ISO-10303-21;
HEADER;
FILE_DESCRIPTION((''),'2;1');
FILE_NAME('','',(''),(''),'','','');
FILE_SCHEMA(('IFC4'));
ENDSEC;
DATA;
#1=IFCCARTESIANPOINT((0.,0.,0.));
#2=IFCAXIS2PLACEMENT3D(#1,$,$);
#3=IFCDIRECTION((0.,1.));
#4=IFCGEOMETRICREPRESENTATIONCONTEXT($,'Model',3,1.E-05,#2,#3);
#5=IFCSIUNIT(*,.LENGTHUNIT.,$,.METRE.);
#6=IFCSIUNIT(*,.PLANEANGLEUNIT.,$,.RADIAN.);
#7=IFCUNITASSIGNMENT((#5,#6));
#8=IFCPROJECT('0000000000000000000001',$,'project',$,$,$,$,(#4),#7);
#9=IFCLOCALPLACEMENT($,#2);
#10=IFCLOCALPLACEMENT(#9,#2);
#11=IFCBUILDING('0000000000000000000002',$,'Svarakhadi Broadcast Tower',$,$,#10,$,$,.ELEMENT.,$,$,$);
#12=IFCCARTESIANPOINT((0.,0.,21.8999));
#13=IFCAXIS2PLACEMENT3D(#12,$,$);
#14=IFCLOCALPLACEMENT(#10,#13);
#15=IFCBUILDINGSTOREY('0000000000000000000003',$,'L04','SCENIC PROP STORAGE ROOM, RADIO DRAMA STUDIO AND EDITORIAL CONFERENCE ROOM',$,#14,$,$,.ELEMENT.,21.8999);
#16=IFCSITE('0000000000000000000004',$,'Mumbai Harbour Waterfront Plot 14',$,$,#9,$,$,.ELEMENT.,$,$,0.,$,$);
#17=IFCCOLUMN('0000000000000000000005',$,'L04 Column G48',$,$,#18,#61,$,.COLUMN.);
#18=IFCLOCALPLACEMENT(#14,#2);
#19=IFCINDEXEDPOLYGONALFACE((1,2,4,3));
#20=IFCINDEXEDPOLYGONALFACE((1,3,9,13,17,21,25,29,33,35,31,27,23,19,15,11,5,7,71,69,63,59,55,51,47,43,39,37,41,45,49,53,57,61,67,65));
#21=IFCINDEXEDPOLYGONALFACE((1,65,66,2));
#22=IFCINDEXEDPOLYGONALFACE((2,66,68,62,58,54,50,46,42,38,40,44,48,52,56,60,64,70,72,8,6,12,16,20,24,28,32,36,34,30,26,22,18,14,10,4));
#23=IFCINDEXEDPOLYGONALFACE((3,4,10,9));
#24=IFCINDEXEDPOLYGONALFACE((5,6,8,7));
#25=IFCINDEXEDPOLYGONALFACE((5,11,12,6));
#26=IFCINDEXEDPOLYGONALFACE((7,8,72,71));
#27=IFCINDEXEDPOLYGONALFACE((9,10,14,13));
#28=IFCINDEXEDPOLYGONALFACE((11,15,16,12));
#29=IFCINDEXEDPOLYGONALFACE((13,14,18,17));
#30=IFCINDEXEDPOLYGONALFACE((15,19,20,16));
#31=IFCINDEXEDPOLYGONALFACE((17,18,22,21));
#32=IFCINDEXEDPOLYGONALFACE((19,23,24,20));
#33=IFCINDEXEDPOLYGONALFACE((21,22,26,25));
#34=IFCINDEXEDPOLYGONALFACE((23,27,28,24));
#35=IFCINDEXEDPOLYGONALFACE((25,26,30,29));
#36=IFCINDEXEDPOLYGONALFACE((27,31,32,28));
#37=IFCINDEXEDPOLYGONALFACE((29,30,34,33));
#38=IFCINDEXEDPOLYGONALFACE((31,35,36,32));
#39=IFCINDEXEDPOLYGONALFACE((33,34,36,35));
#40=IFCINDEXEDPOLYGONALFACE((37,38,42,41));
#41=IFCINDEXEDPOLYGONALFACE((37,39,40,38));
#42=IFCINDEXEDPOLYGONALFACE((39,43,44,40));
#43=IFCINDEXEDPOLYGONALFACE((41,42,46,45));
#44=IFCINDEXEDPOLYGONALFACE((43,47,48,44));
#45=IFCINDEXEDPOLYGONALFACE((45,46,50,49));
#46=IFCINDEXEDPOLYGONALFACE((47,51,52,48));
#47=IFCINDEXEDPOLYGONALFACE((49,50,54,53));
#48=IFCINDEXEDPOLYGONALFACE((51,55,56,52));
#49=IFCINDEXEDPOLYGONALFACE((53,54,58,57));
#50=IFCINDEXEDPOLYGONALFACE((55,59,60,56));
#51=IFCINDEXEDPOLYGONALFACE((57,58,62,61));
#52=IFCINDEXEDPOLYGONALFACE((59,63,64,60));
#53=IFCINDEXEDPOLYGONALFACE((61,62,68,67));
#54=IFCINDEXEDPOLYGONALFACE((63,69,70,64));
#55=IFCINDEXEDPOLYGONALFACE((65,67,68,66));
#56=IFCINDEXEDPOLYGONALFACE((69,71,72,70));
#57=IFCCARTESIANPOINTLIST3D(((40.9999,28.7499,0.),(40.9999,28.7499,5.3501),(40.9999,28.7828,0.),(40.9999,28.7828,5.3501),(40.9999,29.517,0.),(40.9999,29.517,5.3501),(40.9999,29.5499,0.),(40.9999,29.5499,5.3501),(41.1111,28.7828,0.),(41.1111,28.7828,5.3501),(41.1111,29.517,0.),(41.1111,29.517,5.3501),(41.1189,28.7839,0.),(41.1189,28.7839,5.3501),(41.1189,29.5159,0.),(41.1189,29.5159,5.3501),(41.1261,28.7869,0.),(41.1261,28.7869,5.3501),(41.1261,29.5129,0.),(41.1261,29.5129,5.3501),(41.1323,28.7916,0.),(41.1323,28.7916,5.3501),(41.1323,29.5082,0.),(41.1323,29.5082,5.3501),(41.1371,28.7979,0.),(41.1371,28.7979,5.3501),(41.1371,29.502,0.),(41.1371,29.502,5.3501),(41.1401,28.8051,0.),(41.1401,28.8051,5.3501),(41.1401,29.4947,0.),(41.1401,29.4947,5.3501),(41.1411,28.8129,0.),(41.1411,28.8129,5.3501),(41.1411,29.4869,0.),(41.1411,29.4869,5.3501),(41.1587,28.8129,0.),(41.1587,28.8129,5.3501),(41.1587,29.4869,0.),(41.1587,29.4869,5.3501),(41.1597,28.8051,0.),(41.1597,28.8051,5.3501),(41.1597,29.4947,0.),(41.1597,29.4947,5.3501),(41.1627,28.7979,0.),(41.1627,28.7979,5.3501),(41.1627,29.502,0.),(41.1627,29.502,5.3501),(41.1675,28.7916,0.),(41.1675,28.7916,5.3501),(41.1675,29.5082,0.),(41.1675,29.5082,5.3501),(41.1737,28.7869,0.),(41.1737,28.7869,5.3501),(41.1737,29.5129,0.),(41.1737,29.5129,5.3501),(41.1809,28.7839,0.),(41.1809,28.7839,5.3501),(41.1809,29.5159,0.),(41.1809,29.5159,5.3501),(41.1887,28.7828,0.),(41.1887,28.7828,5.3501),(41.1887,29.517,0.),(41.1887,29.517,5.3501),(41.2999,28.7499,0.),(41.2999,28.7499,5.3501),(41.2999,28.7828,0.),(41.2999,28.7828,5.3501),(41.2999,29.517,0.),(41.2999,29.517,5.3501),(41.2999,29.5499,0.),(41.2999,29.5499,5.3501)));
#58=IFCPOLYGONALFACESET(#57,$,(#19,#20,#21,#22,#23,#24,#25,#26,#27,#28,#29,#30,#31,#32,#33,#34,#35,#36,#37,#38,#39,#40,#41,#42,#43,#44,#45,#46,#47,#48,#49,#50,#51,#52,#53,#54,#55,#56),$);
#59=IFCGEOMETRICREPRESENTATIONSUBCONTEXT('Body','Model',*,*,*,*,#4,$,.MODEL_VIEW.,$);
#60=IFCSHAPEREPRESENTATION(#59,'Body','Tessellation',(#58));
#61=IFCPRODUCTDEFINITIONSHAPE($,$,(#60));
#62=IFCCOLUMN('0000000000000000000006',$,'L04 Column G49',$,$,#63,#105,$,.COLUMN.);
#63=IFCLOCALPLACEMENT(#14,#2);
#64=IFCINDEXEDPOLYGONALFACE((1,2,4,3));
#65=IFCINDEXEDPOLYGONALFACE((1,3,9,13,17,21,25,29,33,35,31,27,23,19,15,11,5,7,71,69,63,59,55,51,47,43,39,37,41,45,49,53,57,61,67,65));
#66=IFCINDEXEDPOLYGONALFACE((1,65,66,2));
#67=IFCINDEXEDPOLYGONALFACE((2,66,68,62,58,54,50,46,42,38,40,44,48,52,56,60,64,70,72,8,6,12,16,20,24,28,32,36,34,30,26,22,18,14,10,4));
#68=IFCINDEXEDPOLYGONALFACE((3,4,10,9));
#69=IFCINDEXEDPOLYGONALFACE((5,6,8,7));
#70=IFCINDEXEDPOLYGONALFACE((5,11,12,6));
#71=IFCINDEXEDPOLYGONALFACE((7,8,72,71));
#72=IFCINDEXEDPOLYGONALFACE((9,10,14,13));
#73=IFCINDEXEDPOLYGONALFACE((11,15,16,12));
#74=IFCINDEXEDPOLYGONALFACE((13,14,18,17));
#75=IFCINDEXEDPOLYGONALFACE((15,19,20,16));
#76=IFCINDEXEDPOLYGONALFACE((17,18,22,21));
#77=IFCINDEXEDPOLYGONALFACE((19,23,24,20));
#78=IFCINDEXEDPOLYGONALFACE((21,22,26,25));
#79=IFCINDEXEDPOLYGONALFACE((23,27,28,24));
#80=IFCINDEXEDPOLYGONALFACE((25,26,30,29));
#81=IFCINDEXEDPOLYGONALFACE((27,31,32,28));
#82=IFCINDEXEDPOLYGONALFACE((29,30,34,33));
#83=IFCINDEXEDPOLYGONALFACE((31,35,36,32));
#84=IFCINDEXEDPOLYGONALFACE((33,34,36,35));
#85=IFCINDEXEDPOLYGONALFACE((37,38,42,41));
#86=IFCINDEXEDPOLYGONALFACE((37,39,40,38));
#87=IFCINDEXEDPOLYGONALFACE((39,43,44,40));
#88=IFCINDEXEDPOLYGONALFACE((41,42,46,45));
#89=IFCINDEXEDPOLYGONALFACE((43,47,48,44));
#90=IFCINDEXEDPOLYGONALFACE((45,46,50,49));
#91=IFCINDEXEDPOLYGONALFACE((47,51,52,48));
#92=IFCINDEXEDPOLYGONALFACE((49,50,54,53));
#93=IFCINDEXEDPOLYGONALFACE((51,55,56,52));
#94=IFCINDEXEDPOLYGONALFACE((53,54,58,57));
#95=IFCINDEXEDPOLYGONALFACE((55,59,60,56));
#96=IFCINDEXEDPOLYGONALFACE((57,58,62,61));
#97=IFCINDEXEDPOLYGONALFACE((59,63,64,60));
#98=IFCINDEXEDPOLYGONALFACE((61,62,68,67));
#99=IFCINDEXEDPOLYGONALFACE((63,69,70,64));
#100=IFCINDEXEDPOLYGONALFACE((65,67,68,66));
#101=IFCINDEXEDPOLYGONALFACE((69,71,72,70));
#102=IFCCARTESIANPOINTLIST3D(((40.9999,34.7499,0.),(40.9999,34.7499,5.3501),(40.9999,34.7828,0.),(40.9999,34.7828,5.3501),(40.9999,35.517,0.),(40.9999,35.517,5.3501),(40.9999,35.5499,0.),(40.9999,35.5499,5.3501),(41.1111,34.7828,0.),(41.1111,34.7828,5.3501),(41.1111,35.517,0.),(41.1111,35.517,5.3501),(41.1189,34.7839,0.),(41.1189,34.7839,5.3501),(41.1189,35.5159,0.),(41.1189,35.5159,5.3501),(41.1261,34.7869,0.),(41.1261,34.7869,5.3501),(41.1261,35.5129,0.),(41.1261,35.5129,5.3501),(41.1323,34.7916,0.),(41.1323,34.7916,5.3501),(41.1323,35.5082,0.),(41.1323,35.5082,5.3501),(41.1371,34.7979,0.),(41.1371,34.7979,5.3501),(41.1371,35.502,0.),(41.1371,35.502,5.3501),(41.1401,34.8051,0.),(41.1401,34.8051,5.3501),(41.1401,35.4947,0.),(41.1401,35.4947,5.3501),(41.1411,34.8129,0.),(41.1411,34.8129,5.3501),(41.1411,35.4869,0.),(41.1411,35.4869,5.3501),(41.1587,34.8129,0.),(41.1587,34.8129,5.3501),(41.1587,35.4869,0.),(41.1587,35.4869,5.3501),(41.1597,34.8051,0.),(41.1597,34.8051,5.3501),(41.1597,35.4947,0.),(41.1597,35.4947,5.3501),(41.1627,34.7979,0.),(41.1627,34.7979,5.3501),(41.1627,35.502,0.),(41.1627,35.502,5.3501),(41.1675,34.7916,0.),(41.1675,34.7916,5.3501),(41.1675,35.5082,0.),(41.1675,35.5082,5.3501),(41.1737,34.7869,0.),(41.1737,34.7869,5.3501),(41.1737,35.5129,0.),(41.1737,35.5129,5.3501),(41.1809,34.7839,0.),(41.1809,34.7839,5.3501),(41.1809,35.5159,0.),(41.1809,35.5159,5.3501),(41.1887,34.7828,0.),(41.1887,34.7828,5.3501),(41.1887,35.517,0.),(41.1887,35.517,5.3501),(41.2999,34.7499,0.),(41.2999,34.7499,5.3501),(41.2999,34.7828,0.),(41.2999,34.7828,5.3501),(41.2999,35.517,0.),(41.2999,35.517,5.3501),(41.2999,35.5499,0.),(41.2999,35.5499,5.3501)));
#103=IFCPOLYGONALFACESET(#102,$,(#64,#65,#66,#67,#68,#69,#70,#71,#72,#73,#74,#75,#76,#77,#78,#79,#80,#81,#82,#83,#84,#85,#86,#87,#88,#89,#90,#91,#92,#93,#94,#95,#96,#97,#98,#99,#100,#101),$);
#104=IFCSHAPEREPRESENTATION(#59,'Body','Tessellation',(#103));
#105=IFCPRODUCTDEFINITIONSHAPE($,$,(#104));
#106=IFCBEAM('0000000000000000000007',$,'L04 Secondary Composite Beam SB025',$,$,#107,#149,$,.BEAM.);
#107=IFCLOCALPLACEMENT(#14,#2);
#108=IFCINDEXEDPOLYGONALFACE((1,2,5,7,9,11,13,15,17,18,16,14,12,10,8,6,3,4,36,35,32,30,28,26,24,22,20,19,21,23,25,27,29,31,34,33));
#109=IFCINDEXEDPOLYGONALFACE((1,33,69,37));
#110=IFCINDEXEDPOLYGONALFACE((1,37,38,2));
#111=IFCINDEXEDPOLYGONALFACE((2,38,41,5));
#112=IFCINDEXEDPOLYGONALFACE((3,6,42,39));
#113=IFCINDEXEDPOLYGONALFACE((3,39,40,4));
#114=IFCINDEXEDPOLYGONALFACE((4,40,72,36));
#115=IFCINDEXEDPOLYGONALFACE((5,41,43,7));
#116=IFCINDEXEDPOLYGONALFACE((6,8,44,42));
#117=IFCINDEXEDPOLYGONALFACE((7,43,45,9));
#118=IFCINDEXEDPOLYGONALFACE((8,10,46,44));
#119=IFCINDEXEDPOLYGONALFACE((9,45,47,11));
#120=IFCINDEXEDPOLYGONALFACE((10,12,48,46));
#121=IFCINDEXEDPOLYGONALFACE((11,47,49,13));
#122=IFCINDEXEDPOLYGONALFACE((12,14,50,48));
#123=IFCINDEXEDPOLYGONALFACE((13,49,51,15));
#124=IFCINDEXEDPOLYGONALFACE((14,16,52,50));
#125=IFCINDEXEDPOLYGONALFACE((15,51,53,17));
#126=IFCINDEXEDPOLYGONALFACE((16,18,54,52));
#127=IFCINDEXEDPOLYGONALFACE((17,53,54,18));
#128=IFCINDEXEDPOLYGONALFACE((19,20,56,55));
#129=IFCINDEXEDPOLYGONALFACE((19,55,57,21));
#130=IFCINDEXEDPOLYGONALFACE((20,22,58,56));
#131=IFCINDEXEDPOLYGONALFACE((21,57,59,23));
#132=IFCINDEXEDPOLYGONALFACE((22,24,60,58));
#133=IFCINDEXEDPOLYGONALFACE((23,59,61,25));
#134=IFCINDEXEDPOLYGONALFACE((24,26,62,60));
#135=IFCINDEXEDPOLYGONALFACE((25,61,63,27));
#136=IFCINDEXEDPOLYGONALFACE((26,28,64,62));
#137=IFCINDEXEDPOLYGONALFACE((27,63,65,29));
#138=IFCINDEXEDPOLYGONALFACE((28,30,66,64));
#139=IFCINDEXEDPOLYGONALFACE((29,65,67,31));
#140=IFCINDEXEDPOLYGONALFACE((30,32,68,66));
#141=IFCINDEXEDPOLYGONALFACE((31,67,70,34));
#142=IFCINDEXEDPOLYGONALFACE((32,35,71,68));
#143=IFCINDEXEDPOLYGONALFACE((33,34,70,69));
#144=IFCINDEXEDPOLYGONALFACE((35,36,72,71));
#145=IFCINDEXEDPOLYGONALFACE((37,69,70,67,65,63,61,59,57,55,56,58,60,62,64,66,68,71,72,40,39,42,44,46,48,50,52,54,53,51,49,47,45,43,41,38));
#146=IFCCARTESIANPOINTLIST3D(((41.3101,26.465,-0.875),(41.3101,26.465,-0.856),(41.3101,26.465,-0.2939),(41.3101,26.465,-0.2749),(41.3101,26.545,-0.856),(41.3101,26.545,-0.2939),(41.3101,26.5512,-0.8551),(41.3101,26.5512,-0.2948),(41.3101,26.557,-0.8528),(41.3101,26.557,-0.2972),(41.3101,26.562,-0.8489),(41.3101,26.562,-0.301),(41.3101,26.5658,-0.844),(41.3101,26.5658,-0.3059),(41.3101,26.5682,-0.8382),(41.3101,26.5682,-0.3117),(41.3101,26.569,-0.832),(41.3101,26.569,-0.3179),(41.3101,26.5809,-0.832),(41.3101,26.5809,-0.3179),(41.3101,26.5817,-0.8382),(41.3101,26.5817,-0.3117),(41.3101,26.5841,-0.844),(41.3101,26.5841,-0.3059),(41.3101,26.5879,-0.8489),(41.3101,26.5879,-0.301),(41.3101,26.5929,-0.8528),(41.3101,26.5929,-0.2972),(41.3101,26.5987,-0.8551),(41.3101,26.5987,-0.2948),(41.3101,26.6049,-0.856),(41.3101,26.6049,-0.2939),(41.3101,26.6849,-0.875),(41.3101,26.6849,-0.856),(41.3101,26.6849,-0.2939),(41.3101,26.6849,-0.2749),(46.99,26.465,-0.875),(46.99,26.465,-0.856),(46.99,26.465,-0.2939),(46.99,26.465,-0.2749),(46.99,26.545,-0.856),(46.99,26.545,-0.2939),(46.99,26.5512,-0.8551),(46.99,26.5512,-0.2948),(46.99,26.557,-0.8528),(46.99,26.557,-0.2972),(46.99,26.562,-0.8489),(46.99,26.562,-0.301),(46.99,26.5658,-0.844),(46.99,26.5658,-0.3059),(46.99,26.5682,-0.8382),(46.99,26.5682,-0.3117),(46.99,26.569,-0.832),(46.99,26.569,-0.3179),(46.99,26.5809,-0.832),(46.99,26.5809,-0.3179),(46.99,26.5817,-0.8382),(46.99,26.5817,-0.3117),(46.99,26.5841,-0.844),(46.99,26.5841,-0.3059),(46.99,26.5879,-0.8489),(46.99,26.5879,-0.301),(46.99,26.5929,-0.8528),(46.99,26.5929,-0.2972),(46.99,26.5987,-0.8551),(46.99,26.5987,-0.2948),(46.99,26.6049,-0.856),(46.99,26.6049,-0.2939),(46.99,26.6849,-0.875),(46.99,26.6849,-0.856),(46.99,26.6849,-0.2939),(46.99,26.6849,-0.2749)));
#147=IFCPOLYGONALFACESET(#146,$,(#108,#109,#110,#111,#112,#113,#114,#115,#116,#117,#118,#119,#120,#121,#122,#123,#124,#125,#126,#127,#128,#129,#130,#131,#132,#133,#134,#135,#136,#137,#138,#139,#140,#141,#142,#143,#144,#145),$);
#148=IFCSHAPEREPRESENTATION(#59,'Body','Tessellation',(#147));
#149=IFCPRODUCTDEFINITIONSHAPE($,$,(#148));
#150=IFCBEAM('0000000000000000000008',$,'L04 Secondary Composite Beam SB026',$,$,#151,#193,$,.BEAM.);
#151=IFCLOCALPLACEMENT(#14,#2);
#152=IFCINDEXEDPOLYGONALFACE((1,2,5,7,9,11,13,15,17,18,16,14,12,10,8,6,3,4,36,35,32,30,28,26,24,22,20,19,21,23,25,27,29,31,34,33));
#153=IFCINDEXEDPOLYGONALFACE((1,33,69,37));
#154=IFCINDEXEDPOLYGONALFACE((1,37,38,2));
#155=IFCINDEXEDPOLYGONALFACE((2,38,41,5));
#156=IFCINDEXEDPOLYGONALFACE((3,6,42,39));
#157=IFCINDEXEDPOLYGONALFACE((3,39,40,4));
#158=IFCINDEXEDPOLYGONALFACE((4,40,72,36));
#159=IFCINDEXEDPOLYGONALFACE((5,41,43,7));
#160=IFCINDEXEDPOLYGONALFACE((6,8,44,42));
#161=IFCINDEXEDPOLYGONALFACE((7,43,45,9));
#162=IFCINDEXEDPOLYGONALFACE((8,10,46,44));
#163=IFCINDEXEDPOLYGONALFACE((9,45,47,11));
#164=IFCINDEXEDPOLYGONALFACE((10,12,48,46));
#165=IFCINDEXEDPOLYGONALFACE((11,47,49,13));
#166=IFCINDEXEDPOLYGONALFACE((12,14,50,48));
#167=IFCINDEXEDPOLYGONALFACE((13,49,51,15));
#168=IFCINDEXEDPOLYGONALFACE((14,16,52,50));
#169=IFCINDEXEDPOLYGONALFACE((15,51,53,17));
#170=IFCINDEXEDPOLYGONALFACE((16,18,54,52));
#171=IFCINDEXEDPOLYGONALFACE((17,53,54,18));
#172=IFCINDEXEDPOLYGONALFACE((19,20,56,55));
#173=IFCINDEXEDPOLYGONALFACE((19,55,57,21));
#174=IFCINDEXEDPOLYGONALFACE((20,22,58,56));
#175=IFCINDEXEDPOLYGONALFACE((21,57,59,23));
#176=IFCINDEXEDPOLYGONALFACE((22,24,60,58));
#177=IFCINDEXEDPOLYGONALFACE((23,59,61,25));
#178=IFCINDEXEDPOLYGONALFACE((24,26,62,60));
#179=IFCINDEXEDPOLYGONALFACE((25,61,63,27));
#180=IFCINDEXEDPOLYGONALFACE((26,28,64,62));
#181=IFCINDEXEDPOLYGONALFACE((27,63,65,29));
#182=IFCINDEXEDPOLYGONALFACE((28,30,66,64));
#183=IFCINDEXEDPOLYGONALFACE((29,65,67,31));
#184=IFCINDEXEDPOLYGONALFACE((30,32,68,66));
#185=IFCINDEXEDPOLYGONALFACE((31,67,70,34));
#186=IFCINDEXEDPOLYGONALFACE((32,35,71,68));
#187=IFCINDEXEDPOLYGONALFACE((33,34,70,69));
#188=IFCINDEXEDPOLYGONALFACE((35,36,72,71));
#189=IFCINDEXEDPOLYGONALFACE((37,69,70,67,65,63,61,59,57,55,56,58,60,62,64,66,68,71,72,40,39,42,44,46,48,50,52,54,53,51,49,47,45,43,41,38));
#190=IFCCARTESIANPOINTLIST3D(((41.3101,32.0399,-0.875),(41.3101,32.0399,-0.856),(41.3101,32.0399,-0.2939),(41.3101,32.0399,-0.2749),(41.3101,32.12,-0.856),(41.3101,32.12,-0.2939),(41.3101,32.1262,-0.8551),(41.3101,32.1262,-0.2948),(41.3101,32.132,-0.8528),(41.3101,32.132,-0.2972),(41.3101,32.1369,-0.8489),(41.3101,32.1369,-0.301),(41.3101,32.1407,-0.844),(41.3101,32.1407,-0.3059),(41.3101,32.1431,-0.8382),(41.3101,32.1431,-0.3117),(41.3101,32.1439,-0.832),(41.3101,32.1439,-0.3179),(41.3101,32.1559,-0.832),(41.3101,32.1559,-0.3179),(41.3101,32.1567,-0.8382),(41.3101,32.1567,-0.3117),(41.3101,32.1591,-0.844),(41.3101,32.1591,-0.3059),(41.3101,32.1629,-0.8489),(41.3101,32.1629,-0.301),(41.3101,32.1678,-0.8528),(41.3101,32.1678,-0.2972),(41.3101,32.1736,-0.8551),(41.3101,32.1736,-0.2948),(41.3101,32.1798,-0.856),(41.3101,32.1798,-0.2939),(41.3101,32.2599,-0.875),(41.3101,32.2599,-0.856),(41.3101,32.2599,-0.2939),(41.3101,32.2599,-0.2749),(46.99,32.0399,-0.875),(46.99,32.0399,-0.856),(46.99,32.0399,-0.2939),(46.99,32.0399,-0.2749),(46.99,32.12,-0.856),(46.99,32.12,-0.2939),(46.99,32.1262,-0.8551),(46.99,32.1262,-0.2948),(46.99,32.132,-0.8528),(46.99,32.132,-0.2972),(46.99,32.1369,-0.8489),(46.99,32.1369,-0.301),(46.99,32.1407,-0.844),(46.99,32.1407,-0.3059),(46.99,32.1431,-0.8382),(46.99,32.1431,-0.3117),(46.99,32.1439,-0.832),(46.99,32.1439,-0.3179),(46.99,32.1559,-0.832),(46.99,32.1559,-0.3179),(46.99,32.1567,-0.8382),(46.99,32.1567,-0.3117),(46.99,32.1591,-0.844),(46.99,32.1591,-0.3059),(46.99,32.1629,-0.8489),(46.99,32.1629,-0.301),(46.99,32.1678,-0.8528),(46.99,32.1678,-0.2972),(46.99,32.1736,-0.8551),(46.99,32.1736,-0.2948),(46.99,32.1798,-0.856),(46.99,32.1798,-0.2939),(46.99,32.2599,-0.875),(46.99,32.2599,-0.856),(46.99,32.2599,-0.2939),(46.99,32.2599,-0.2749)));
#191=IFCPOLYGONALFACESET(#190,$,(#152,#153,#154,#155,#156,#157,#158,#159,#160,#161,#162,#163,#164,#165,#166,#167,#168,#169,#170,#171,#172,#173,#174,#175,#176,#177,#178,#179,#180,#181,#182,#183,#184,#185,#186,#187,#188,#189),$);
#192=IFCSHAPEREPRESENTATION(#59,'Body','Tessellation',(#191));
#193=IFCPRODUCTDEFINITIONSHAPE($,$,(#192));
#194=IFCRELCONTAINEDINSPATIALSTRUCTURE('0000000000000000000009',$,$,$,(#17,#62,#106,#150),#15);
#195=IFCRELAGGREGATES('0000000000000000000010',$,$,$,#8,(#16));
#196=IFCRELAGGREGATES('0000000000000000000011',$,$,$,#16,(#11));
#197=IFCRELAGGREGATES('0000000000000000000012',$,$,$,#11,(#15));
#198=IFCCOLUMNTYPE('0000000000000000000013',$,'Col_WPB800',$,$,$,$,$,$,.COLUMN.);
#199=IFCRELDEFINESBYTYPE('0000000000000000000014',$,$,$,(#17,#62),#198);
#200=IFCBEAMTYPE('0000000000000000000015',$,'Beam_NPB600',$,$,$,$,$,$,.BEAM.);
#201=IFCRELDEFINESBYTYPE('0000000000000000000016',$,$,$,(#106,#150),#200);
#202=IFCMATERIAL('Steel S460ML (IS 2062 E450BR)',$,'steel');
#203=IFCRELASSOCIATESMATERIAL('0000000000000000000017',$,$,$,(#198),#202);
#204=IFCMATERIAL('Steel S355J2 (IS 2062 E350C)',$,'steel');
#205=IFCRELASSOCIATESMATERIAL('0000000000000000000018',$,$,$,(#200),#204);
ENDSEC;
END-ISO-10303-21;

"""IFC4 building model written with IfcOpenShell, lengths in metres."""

from ifc_helpers import new_model, si_unit, direction, frame, origin, origin_2d, place, context, subcontext, project, spatial, i_section, extrude, material, material_profile, profile_set, type_object, element, save


model = new_model("IFC4")

# Units and contexts
model_context = context("Model", 3, precision=1e-05, world=origin(), true_north=direction((0.0, 1.0)))
body_context = subcontext(model_context, "Body", "Model", "MODEL_VIEW")
ifc_project = project(units=[si_unit("LENGTHUNIT", "METRE"), si_unit("PLANEANGLEUNIT", "RADIAN")], contexts=[model_context])

# Site, building, storey
site_placement = place(None, origin())
site = spatial("IfcSite", under=ifc_project, at=site_placement, Name="Mumbai Harbour Waterfront Plot 14", CompositionType="ELEMENT", RefElevation=0.0)
building_placement = place(site_placement, origin())
building = spatial("IfcBuilding", under=site, at=building_placement, Name="Svarakhadi Broadcast Tower", CompositionType="ELEMENT")
storey_placement = place(building_placement, frame((0.0, 0.0, 21.8999)))
storey = spatial("IfcBuildingStorey", under=building, at=storey_placement, Name="L04", Description="SCENIC PROP STORAGE ROOM, RADIO DRAMA STUDIO AND EDITORIAL CONFERENCE ROOM", CompositionType="ELEMENT", Elevation=21.8999)

# Columns
ifc_material_1 = material(Name="Steel S460ML (IS 2062 E450BR)", Category="steel")
ifc_material_profile_1 = material_profile(ifc_material_1, i_section(OverallWidth=0.3, OverallDepth=0.8, WebThickness=0.0176, FlangeThickness=0.033, FilletRadius=0.03, at=origin_2d()), Name="WPB 800x300x262")
ifc_profile_set_1 = profile_set([ifc_material_profile_1], Name="Steel S460ML (IS 2062 E450BR)")
column_type = type_object("IfcColumnType", Name="Col_WPB800", PredefinedType="COLUMN", material=ifc_profile_set_1)
for number, where, z_axis, x_axis, name in (
    (1, (41.1499, 29.1499, 0.0), (0.0, 0.0, 1.0), (1.0, 0.0, 0.0), "L04 Column G48"),
    (2, (41.1499, 35.1499, 0.0), (0.0, 0.0, 1.0), (1.0, 0.0, 0.0), "L04 Column G49"),
):
    element("IfcColumn", number, at=place(storey_placement, frame(where, z_axis=z_axis, x_axis=x_axis)), inside=storey, type_object=column_type, Name=name, PredefinedType="COLUMN", context=body_context, shape_type="SweptSolid", body=[
        extrude(i_section(OverallWidth=0.3, OverallDepth=0.8, WebThickness=0.0176, FlangeThickness=0.033, FilletRadius=0.03, at=origin_2d()), origin(), (0.0, 0.0, 1.0), 5.3501),
    ])

# Beams
ifc_material_2 = material(Name="Steel S355J2 (IS 2062 E350C)", Category="steel")
ifc_material_profile_2 = material_profile(ifc_material_2, i_section(OverallWidth=0.22, OverallDepth=0.6001, WebThickness=0.012, FlangeThickness=0.019, FilletRadius=0.0239, at=origin_2d()), Name="NPB 600x220x122")
ifc_profile_set_2 = profile_set([ifc_material_profile_2], Name="Steel S355J2 (IS 2062 E350C)")
beam_type_1 = type_object("IfcBeamType", Name="Beam_NPB600", PredefinedType="BEAM", material=ifc_profile_set_2)
for number, where, z_axis, x_axis, name in (
    (3, (41.3101, 26.575, -0.575), (1.0, 0.0, 0.0), (0.0, 1.0, 0.0), "L04 Secondary Composite Beam SB025"),
    (4, (41.3101, 32.1499, -0.575), (1.0, 0.0, 0.0), (0.0, 1.0, 0.0), "L04 Secondary Composite Beam SB026"),
):
    element("IfcBeam", number, at=place(storey_placement, frame(where, z_axis=z_axis, x_axis=x_axis)), inside=storey, type_object=beam_type_1, Name=name, PredefinedType="BEAM", context=body_context, shape_type="SweptSolid", body=[
        extrude(i_section(OverallWidth=0.22, OverallDepth=0.6001, WebThickness=0.012, FlangeThickness=0.019, FilletRadius=0.0239, at=origin_2d()), origin(), (0.0, 0.0, 1.0), 5.6799),
    ])

save(model, "model.ifc")
